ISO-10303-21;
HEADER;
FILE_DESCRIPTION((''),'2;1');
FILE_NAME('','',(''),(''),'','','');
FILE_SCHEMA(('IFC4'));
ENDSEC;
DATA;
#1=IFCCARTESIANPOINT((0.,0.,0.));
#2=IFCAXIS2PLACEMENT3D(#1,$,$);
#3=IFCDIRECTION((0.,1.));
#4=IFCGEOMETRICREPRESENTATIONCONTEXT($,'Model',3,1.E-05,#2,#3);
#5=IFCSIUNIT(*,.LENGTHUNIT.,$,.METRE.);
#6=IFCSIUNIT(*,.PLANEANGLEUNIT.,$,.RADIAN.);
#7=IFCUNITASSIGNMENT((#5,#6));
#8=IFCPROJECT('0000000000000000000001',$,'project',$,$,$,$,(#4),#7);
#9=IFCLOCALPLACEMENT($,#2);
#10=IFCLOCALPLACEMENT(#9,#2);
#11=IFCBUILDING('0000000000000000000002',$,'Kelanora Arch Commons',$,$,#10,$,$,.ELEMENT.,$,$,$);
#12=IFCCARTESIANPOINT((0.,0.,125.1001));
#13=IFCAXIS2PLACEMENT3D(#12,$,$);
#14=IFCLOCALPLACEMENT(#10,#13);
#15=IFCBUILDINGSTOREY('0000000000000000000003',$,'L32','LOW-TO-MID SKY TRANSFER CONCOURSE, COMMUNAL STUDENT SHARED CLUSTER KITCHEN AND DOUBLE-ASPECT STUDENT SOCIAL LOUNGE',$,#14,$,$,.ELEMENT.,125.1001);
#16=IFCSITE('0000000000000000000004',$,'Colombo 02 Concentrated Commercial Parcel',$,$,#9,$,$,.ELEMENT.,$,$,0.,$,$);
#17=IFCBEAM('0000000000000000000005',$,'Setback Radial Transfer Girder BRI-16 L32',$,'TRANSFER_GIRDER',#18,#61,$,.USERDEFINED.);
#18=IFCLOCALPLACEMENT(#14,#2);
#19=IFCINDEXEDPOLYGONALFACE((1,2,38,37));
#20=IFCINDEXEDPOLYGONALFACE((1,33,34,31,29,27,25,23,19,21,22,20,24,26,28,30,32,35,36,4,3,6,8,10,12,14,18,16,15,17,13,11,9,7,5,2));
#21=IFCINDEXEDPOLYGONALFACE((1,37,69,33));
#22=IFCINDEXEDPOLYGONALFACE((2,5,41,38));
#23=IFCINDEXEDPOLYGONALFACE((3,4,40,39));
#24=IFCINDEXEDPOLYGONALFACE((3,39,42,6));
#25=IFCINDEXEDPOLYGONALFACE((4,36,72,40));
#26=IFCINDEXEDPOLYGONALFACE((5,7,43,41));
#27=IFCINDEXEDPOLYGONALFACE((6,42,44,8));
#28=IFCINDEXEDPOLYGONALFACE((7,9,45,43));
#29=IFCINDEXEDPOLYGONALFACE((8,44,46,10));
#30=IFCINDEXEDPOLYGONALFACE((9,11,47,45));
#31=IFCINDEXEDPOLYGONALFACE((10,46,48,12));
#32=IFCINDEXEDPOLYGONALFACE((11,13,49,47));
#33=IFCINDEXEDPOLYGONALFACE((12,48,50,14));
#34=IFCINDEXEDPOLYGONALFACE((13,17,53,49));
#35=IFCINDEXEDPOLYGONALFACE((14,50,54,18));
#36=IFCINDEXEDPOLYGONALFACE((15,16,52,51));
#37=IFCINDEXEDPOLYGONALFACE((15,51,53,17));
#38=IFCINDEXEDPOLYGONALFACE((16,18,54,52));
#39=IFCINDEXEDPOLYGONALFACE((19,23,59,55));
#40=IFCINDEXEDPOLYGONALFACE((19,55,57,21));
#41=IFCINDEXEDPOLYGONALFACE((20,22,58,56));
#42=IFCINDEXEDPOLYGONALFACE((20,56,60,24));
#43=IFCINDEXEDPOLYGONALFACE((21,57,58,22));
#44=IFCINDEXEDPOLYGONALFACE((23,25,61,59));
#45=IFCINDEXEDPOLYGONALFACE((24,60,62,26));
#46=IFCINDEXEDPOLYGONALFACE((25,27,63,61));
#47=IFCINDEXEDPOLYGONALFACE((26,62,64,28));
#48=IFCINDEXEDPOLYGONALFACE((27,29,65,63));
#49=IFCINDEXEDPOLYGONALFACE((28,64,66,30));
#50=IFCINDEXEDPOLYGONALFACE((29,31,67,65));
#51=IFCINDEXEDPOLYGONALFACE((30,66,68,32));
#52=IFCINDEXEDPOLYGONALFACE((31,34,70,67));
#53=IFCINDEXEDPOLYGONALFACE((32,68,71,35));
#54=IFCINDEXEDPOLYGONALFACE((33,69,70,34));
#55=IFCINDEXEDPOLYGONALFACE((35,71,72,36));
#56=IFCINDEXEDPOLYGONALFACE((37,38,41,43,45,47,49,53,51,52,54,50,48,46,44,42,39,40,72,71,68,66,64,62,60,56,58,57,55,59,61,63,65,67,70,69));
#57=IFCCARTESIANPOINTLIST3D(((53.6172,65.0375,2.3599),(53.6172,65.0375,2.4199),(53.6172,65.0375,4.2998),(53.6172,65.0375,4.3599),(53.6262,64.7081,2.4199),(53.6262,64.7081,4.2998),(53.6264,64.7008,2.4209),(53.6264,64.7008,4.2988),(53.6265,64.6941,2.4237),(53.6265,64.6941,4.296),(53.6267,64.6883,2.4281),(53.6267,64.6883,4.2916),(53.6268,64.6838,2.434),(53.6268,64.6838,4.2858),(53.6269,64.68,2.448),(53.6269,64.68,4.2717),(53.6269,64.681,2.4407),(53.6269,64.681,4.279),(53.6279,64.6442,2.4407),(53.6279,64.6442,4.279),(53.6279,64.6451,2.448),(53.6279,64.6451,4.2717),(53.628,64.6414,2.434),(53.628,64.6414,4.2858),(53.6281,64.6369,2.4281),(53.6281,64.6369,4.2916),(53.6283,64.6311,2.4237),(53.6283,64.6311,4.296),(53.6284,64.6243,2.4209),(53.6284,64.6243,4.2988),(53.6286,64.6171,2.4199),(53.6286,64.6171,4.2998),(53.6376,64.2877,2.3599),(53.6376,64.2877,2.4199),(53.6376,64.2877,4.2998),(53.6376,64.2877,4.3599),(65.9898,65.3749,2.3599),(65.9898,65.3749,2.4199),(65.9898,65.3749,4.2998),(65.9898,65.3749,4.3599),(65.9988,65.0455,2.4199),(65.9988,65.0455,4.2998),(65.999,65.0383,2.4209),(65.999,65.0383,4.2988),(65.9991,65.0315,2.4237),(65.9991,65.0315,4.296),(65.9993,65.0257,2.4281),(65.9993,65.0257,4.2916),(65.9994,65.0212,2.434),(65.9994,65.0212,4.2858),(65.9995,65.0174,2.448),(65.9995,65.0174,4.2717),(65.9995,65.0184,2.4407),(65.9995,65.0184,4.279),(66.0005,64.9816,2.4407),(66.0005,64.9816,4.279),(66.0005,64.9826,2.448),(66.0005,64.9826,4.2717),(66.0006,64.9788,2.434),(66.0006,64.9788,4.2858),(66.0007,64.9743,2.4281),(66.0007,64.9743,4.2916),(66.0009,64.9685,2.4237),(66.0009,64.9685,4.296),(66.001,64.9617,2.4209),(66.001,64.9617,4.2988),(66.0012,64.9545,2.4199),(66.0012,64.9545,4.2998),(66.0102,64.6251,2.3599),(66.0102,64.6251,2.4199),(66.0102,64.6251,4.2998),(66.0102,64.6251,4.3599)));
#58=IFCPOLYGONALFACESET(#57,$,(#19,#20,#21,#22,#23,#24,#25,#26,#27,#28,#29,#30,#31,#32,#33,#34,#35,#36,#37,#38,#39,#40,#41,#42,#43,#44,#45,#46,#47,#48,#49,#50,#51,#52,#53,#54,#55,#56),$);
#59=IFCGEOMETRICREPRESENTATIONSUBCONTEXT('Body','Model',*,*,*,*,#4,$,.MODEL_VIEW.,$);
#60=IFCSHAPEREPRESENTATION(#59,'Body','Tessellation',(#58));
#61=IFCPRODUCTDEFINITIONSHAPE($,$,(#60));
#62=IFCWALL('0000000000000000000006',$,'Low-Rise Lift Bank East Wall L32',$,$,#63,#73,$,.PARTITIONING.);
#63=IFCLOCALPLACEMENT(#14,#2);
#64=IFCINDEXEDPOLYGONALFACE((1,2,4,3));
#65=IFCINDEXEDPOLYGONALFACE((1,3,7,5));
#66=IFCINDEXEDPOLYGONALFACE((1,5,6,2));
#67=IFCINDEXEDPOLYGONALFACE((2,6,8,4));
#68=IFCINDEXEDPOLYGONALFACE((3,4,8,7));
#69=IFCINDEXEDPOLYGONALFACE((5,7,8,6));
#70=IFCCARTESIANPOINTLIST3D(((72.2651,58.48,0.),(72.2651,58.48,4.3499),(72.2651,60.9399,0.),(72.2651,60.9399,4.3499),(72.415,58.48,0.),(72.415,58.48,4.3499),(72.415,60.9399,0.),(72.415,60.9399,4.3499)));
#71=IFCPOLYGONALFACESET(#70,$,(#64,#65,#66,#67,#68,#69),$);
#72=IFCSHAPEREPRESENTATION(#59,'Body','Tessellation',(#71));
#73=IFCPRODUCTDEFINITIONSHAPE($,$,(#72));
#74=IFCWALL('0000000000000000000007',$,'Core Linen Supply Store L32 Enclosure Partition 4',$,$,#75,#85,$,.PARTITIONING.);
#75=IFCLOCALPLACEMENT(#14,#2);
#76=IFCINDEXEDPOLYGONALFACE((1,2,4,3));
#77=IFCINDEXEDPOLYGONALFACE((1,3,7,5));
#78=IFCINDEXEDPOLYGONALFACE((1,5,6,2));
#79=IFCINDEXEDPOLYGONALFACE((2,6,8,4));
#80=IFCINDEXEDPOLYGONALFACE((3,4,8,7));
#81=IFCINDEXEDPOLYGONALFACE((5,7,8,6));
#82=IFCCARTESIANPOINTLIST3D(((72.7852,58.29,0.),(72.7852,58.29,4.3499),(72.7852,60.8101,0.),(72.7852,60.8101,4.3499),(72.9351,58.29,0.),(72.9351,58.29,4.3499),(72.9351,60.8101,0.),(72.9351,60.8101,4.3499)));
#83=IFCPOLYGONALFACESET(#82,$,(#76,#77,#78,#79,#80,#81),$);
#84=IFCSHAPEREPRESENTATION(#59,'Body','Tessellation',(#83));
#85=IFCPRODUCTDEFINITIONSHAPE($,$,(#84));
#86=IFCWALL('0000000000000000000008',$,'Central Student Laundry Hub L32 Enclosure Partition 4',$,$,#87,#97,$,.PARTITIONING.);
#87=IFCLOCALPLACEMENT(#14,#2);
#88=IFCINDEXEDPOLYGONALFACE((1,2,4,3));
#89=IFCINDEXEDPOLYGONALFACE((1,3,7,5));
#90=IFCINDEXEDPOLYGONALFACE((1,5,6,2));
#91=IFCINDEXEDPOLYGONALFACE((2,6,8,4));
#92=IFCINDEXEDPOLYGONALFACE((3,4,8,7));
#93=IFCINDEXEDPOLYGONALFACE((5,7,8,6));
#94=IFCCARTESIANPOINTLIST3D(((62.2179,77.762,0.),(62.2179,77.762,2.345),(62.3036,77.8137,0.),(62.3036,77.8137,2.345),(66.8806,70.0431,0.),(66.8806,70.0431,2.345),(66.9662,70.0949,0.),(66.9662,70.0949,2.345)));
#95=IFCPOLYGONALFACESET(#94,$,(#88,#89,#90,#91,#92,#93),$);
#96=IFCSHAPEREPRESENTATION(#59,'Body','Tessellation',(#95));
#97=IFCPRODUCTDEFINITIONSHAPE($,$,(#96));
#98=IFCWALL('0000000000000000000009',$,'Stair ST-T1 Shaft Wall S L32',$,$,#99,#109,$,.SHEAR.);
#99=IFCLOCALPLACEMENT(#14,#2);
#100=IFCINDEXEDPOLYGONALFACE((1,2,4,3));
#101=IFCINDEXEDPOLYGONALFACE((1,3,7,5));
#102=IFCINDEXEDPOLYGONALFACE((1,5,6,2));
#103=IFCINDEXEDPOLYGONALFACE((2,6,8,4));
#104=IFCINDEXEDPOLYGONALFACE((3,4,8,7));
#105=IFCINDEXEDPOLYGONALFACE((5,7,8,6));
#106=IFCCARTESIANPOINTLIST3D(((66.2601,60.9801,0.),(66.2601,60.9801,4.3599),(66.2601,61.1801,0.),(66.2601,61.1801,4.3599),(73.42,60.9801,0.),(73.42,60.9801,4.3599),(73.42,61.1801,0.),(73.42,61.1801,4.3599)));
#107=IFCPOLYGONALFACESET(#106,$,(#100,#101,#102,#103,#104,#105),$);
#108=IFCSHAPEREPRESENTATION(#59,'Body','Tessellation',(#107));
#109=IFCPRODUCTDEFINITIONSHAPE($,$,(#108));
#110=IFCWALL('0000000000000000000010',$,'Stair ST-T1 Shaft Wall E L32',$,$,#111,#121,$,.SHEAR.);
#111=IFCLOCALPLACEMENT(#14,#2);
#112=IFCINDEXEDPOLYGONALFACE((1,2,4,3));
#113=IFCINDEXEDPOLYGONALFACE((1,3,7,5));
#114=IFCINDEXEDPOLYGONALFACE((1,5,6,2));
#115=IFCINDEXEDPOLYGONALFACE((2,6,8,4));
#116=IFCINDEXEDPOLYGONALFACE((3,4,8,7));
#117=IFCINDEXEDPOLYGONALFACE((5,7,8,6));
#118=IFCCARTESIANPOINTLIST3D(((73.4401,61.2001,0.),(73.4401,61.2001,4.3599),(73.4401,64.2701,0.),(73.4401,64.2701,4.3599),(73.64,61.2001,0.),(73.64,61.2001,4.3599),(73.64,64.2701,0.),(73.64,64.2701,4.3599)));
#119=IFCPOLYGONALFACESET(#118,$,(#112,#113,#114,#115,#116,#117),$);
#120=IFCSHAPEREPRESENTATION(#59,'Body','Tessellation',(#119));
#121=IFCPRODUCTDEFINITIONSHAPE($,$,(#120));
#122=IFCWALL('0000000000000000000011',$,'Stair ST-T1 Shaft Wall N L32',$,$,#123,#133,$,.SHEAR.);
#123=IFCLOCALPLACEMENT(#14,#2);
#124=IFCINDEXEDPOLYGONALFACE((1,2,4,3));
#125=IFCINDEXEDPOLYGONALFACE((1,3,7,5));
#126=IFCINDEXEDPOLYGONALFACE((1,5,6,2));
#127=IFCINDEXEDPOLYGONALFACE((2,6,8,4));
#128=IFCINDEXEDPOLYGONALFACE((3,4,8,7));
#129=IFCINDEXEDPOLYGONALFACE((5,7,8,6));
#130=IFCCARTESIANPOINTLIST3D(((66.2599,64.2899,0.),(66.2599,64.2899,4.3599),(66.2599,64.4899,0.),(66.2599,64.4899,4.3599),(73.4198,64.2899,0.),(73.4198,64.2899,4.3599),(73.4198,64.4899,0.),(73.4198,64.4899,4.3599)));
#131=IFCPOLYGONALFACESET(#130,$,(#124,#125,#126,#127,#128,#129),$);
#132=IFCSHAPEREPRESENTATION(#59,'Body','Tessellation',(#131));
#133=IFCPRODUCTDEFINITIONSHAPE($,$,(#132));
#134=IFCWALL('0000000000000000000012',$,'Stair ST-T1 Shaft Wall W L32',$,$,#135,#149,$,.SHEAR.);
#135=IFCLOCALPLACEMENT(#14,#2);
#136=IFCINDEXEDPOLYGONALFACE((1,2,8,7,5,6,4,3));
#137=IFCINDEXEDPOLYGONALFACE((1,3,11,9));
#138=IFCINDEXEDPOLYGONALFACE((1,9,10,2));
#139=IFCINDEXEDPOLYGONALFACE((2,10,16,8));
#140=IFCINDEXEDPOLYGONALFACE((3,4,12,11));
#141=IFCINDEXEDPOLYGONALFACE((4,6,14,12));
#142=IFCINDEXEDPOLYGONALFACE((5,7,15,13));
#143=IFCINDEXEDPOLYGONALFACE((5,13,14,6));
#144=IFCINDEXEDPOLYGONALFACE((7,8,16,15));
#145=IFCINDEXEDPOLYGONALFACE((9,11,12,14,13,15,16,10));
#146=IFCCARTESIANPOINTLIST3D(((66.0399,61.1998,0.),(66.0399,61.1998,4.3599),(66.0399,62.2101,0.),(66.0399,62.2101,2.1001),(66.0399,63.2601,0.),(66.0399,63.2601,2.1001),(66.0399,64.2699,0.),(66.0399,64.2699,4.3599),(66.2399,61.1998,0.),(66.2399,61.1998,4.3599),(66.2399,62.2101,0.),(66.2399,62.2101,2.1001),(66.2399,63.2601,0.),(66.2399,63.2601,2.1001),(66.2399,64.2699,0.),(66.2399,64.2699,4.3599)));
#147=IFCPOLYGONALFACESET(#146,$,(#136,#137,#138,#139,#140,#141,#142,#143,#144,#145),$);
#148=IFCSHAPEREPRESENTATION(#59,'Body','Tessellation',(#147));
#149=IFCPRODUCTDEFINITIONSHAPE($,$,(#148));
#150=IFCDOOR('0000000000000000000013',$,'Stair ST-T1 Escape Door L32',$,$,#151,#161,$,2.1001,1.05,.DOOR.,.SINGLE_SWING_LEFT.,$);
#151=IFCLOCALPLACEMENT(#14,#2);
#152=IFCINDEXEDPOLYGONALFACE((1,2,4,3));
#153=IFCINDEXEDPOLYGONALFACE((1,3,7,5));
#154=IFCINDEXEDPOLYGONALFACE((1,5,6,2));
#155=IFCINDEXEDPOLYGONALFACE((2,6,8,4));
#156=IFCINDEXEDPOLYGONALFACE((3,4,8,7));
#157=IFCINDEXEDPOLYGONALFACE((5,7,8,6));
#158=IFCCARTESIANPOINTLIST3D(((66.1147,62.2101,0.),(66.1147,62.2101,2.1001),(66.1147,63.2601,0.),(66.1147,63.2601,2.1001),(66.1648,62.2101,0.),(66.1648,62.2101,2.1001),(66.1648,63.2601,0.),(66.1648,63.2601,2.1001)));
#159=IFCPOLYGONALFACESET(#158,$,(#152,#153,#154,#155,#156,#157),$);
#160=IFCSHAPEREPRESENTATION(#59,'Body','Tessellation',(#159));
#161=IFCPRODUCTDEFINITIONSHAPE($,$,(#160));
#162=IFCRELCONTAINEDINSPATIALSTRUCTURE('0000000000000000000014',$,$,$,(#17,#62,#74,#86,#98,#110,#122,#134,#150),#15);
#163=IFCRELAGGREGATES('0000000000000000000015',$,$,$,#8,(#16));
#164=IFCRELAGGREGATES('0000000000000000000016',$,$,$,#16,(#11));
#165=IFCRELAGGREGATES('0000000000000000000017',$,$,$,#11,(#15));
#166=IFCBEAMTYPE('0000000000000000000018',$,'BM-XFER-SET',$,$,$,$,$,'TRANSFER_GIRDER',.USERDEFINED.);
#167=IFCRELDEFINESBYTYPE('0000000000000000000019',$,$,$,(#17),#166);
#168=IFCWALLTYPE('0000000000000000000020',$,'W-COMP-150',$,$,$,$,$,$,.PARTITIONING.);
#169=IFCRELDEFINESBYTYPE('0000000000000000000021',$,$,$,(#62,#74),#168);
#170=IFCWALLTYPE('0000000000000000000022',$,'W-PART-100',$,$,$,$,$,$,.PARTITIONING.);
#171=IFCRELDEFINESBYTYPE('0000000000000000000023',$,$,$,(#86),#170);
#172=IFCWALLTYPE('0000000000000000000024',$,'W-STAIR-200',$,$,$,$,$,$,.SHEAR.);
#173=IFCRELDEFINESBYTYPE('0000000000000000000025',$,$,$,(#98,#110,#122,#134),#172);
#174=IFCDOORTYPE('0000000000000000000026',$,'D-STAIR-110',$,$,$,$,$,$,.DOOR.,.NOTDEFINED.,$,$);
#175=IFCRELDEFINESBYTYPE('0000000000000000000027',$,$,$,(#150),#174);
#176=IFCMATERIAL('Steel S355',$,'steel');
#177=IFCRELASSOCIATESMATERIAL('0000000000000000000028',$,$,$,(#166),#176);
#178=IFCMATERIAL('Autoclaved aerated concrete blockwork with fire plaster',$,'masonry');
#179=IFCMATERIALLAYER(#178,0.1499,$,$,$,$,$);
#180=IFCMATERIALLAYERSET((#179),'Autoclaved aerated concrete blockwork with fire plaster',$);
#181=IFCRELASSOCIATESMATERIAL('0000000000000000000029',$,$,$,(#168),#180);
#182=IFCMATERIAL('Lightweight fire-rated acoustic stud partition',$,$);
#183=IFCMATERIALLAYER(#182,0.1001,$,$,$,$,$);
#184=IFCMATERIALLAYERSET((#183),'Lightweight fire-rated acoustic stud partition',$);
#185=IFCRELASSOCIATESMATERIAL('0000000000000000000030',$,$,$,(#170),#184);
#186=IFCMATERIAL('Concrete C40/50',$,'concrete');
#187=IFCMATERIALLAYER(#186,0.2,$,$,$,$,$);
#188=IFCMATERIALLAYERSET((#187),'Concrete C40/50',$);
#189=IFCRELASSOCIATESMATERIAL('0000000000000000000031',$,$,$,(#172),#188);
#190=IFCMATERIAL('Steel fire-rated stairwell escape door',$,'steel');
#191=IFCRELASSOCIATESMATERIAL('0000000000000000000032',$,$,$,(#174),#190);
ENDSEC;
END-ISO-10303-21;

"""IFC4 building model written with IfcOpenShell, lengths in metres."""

from ifc_helpers import new_model, si_unit, direction, frame, frame_2d, origin, origin_2d, place, context, subcontext, project, spatial, rectangle, i_section, extrude, material, layer, layer_set, material_profile, profile_set, type_object, element, fill, save


model = new_model("IFC4")

# Units and contexts
model_context = context("Model", 3, precision=1e-05, world=origin(), true_north=direction((0.0, 1.0)))
body_context = subcontext(model_context, "Body", "Model", "MODEL_VIEW")
ifc_project = project(units=[si_unit("LENGTHUNIT", "METRE"), si_unit("PLANEANGLEUNIT", "RADIAN")], contexts=[model_context])

# Site, building, storey
site_placement = place(None, origin())
site = spatial("IfcSite", under=ifc_project, at=site_placement, Name="Colombo 02 Concentrated Commercial Parcel", CompositionType="ELEMENT", RefElevation=0.0)
building_placement = place(site_placement, origin())
building = spatial("IfcBuilding", under=site, at=building_placement, Name="Kelanora Arch Commons", CompositionType="ELEMENT")
storey_placement = place(building_placement, frame((0.0, 0.0, 125.1001)))
storey = spatial("IfcBuildingStorey", under=building, at=storey_placement, Name="L32", Description="LOW-TO-MID SKY TRANSFER CONCOURSE, COMMUNAL STUDENT SHARED CLUSTER KITCHEN AND DOUBLE-ASPECT STUDENT SOCIAL LOUNGE", CompositionType="ELEMENT", Elevation=125.1001)

# Beam
ifc_material_1 = material(Name="Steel S355", Category="steel")
ifc_material_profile_1 = material_profile(ifc_material_1, i_section(OverallWidth=0.75, OverallDepth=2.0, WebThickness=0.0349, FlangeThickness=0.0601, FilletRadius=0.0281, at=origin_2d()), Name="PG2000x750")
ifc_profile_set_1 = profile_set([ifc_material_profile_1], Name="Steel S355")
beam_type_1 = type_object("IfcBeamType", Name="BM-XFER-SET", ElementType="TRANSFER_GIRDER", PredefinedType="USERDEFINED", material=ifc_profile_set_1)
beam_1_placement = place(storey_placement, frame((66.0, 65.0, 3.3599), z_axis=(-0.999628, -0.02726, 0.0), x_axis=(0.02726, -0.999628, 0.0)))
element("IfcBeam", 1, at=beam_1_placement, inside=storey, type_object=beam_type_1, Name="Setback Radial Transfer Girder BRI-16 L32", ObjectType="TRANSFER_GIRDER", PredefinedType="USERDEFINED", context=body_context, shape_type="SweptSolid", body=[
    extrude(i_section(OverallWidth=0.75, OverallDepth=2.0, WebThickness=0.0349, FlangeThickness=0.0601, FilletRadius=0.0281, at=origin_2d()), origin(), (0.0, 0.0, 1.0), 12.3772),
])

# Walls
ifc_material_2 = material(Name="Autoclaved aerated concrete blockwork with fire plaster", Category="masonry")
ifc_layer_1 = layer(ifc_material_2, 0.1499)
ifc_layer_set_1 = layer_set([ifc_layer_1], Name="Autoclaved aerated concrete blockwork with fire plaster")
wall_type_1 = type_object("IfcWallType", Name="W-COMP-150", PredefinedType="PARTITIONING", material=ifc_layer_set_1)
wall_1_placement = place(storey_placement, frame((72.3401, 58.48, 0.0), z_axis=(0.0, 0.0, 1.0), x_axis=(0.0, 1.0, 0.0)))
element("IfcWall", 2, at=wall_1_placement, inside=storey, type_object=wall_type_1, Name="Low-Rise Lift Bank East Wall L32", PredefinedType="PARTITIONING", context=body_context, shape_type="SweptSolid", body=[
    extrude(rectangle(XDim=2.46, YDim=0.1499, at=frame_2d((1.23, 0.0))), origin(), (0.0, 0.0, 1.0), 4.3499),
])
wall_2_placement = place(storey_placement, frame((72.8601, 60.8101, 0.0), z_axis=(0.0, 0.0, 1.0), x_axis=(0.0, -1.0, 0.0)))
element("IfcWall", 3, at=wall_2_placement, inside=storey, type_object=wall_type_1, Name="Core Linen Supply Store L32 Enclosure Partition 4", PredefinedType="PARTITIONING", context=body_context, shape_type="SweptSolid", body=[
    extrude(rectangle(XDim=2.52, YDim=0.1499, at=frame_2d((1.26, 0.0))), origin(), (0.0, 0.0, 1.0), 4.3499),
])
ifc_material_3 = material(Name="Lightweight fire-rated acoustic stud partition")
ifc_layer_2 = layer(ifc_material_3, 0.1001)
ifc_layer_set_2 = layer_set([ifc_layer_2], Name="Lightweight fire-rated acoustic stud partition")
wall_type_2 = type_object("IfcWallType", Name="W-PART-100", PredefinedType="PARTITIONING", material=ifc_layer_set_2)
wall_3_placement = place(storey_placement, frame((66.9233, 70.0691, 0.0), z_axis=(0.0, 0.0, 1.0), x_axis=(-0.51705, 0.855955, 0.0)))
element("IfcWall", 4, at=wall_3_placement, inside=storey, type_object=wall_type_2, Name="Central Student Laundry Hub L32 Enclosure Partition 4", PredefinedType="PARTITIONING", context=body_context, shape_type="SweptSolid", body=[
    extrude(rectangle(XDim=9.0178, YDim=0.1001, at=frame_2d((4.5088, 0.0))), origin(), (0.0, 0.0, 1.0), 2.345),
])
ifc_material_4 = material(Name="Concrete C40/50", Category="concrete")
ifc_layer_3 = layer(ifc_material_4, 0.2)
ifc_layer_set_3 = layer_set([ifc_layer_3], Name="Concrete C40/50")
wall_type_3 = type_object("IfcWallType", Name="W-STAIR-200", PredefinedType="SHEAR", material=ifc_layer_set_3)
wall_4_placement = place(storey_placement, frame((66.26, 61.0801, 0.0), z_axis=(0.0, 0.0, 1.0), x_axis=(1.0, 0.0, 0.0)))
element("IfcWall", 5, at=wall_4_placement, inside=storey, type_object=wall_type_3, Name="Stair ST-T1 Shaft Wall S L32", PredefinedType="SHEAR", context=body_context, shape_type="SweptSolid", body=[
    extrude(rectangle(XDim=7.1599, YDim=0.2, at=frame_2d((3.5801, 0.0))), origin(), (0.0, 0.0, 1.0), 4.3599),
])
wall_5_placement = place(storey_placement, frame((73.54, 61.2, 0.0), z_axis=(0.0, 0.0, 1.0), x_axis=(0.0, 1.0, 0.0)))
element("IfcWall", 6, at=wall_5_placement, inside=storey, type_object=wall_type_3, Name="Stair ST-T1 Shaft Wall E L32", PredefinedType="SHEAR", context=body_context, shape_type="SweptSolid", body=[
    extrude(rectangle(XDim=3.0701, YDim=0.2, at=frame_2d((1.5352, 0.0))), origin(), (0.0, 0.0, 1.0), 4.3599),
])
wall_6_placement = place(storey_placement, frame((73.4199, 64.3899, 0.0), z_axis=(0.0, 0.0, 1.0), x_axis=(-1.0, 0.0, 0.0)))
element("IfcWall", 7, at=wall_6_placement, inside=storey, type_object=wall_type_3, Name="Stair ST-T1 Shaft Wall N L32", PredefinedType="SHEAR", context=body_context, shape_type="SweptSolid", body=[
    extrude(rectangle(XDim=7.1599, YDim=0.2, at=frame_2d((3.5801, 0.0))), origin(), (0.0, 0.0, 1.0), 4.3599),
])

# Wall, opening, door
wall_7_placement = place(storey_placement, frame((66.1399, 64.27, 0.0), z_axis=(0.0, 0.0, 1.0), x_axis=(0.0, -1.0, 0.0)))
wall_7 = element("IfcWall", 8, at=wall_7_placement, inside=storey, type_object=wall_type_3, Name="Stair ST-T1 Shaft Wall W L32", PredefinedType="SHEAR", context=body_context, shape_type="SweptSolid", body=[
    extrude(rectangle(XDim=3.0701, YDim=0.2, at=frame_2d((1.5352, 0.0))), origin(), (0.0, 0.0, 1.0), 4.3599),
])
opening_1_placement = place(wall_7_placement, frame((1.01, 0.0, 0.0)))
opening_1 = element("IfcOpeningElement", 9, at=opening_1_placement, cuts=wall_7, PredefinedType="OPENING", context=body_context, shape_type="SweptSolid", body=[
    extrude(rectangle(XDim=1.05, YDim=2.1001, at=frame_2d((0.5249, 1.05))), frame((0.0, 0.1099, 0.0), z_axis=(0.0, -1.0, 0.0), x_axis=(1.0, 0.0, 0.0)), (0.0, 0.0, 1.0), 0.22),
])
ifc_material_5 = material(Name="Steel fire-rated stairwell escape door", Category="steel")
door_type_1 = type_object("IfcDoorType", Name="D-STAIR-110", OperationType="NOTDEFINED", PredefinedType="DOOR", material=ifc_material_5)
door_1_placement = place(opening_1_placement, origin())
door_1 = element("IfcDoor", 10, at=door_1_placement, inside=storey, type_object=door_type_1, Name="Stair ST-T1 Escape Door L32", OperationType="SINGLE_SWING_LEFT", OverallHeight=2.1001, OverallWidth=1.05, PredefinedType="DOOR", context=body_context, shape_type="SweptSolid", body=[
    extrude(rectangle(XDim=1.05, YDim=2.1001, at=frame_2d((0.5249, 1.05))), frame((0.0, 0.0249, 0.0), z_axis=(0.0, -1.0, 0.0), x_axis=(1.0, 0.0, 0.0)), (0.0, 0.0, 1.0), 0.05),
])
fill(opening_1, door_1)

save(model, "model.ifc")
